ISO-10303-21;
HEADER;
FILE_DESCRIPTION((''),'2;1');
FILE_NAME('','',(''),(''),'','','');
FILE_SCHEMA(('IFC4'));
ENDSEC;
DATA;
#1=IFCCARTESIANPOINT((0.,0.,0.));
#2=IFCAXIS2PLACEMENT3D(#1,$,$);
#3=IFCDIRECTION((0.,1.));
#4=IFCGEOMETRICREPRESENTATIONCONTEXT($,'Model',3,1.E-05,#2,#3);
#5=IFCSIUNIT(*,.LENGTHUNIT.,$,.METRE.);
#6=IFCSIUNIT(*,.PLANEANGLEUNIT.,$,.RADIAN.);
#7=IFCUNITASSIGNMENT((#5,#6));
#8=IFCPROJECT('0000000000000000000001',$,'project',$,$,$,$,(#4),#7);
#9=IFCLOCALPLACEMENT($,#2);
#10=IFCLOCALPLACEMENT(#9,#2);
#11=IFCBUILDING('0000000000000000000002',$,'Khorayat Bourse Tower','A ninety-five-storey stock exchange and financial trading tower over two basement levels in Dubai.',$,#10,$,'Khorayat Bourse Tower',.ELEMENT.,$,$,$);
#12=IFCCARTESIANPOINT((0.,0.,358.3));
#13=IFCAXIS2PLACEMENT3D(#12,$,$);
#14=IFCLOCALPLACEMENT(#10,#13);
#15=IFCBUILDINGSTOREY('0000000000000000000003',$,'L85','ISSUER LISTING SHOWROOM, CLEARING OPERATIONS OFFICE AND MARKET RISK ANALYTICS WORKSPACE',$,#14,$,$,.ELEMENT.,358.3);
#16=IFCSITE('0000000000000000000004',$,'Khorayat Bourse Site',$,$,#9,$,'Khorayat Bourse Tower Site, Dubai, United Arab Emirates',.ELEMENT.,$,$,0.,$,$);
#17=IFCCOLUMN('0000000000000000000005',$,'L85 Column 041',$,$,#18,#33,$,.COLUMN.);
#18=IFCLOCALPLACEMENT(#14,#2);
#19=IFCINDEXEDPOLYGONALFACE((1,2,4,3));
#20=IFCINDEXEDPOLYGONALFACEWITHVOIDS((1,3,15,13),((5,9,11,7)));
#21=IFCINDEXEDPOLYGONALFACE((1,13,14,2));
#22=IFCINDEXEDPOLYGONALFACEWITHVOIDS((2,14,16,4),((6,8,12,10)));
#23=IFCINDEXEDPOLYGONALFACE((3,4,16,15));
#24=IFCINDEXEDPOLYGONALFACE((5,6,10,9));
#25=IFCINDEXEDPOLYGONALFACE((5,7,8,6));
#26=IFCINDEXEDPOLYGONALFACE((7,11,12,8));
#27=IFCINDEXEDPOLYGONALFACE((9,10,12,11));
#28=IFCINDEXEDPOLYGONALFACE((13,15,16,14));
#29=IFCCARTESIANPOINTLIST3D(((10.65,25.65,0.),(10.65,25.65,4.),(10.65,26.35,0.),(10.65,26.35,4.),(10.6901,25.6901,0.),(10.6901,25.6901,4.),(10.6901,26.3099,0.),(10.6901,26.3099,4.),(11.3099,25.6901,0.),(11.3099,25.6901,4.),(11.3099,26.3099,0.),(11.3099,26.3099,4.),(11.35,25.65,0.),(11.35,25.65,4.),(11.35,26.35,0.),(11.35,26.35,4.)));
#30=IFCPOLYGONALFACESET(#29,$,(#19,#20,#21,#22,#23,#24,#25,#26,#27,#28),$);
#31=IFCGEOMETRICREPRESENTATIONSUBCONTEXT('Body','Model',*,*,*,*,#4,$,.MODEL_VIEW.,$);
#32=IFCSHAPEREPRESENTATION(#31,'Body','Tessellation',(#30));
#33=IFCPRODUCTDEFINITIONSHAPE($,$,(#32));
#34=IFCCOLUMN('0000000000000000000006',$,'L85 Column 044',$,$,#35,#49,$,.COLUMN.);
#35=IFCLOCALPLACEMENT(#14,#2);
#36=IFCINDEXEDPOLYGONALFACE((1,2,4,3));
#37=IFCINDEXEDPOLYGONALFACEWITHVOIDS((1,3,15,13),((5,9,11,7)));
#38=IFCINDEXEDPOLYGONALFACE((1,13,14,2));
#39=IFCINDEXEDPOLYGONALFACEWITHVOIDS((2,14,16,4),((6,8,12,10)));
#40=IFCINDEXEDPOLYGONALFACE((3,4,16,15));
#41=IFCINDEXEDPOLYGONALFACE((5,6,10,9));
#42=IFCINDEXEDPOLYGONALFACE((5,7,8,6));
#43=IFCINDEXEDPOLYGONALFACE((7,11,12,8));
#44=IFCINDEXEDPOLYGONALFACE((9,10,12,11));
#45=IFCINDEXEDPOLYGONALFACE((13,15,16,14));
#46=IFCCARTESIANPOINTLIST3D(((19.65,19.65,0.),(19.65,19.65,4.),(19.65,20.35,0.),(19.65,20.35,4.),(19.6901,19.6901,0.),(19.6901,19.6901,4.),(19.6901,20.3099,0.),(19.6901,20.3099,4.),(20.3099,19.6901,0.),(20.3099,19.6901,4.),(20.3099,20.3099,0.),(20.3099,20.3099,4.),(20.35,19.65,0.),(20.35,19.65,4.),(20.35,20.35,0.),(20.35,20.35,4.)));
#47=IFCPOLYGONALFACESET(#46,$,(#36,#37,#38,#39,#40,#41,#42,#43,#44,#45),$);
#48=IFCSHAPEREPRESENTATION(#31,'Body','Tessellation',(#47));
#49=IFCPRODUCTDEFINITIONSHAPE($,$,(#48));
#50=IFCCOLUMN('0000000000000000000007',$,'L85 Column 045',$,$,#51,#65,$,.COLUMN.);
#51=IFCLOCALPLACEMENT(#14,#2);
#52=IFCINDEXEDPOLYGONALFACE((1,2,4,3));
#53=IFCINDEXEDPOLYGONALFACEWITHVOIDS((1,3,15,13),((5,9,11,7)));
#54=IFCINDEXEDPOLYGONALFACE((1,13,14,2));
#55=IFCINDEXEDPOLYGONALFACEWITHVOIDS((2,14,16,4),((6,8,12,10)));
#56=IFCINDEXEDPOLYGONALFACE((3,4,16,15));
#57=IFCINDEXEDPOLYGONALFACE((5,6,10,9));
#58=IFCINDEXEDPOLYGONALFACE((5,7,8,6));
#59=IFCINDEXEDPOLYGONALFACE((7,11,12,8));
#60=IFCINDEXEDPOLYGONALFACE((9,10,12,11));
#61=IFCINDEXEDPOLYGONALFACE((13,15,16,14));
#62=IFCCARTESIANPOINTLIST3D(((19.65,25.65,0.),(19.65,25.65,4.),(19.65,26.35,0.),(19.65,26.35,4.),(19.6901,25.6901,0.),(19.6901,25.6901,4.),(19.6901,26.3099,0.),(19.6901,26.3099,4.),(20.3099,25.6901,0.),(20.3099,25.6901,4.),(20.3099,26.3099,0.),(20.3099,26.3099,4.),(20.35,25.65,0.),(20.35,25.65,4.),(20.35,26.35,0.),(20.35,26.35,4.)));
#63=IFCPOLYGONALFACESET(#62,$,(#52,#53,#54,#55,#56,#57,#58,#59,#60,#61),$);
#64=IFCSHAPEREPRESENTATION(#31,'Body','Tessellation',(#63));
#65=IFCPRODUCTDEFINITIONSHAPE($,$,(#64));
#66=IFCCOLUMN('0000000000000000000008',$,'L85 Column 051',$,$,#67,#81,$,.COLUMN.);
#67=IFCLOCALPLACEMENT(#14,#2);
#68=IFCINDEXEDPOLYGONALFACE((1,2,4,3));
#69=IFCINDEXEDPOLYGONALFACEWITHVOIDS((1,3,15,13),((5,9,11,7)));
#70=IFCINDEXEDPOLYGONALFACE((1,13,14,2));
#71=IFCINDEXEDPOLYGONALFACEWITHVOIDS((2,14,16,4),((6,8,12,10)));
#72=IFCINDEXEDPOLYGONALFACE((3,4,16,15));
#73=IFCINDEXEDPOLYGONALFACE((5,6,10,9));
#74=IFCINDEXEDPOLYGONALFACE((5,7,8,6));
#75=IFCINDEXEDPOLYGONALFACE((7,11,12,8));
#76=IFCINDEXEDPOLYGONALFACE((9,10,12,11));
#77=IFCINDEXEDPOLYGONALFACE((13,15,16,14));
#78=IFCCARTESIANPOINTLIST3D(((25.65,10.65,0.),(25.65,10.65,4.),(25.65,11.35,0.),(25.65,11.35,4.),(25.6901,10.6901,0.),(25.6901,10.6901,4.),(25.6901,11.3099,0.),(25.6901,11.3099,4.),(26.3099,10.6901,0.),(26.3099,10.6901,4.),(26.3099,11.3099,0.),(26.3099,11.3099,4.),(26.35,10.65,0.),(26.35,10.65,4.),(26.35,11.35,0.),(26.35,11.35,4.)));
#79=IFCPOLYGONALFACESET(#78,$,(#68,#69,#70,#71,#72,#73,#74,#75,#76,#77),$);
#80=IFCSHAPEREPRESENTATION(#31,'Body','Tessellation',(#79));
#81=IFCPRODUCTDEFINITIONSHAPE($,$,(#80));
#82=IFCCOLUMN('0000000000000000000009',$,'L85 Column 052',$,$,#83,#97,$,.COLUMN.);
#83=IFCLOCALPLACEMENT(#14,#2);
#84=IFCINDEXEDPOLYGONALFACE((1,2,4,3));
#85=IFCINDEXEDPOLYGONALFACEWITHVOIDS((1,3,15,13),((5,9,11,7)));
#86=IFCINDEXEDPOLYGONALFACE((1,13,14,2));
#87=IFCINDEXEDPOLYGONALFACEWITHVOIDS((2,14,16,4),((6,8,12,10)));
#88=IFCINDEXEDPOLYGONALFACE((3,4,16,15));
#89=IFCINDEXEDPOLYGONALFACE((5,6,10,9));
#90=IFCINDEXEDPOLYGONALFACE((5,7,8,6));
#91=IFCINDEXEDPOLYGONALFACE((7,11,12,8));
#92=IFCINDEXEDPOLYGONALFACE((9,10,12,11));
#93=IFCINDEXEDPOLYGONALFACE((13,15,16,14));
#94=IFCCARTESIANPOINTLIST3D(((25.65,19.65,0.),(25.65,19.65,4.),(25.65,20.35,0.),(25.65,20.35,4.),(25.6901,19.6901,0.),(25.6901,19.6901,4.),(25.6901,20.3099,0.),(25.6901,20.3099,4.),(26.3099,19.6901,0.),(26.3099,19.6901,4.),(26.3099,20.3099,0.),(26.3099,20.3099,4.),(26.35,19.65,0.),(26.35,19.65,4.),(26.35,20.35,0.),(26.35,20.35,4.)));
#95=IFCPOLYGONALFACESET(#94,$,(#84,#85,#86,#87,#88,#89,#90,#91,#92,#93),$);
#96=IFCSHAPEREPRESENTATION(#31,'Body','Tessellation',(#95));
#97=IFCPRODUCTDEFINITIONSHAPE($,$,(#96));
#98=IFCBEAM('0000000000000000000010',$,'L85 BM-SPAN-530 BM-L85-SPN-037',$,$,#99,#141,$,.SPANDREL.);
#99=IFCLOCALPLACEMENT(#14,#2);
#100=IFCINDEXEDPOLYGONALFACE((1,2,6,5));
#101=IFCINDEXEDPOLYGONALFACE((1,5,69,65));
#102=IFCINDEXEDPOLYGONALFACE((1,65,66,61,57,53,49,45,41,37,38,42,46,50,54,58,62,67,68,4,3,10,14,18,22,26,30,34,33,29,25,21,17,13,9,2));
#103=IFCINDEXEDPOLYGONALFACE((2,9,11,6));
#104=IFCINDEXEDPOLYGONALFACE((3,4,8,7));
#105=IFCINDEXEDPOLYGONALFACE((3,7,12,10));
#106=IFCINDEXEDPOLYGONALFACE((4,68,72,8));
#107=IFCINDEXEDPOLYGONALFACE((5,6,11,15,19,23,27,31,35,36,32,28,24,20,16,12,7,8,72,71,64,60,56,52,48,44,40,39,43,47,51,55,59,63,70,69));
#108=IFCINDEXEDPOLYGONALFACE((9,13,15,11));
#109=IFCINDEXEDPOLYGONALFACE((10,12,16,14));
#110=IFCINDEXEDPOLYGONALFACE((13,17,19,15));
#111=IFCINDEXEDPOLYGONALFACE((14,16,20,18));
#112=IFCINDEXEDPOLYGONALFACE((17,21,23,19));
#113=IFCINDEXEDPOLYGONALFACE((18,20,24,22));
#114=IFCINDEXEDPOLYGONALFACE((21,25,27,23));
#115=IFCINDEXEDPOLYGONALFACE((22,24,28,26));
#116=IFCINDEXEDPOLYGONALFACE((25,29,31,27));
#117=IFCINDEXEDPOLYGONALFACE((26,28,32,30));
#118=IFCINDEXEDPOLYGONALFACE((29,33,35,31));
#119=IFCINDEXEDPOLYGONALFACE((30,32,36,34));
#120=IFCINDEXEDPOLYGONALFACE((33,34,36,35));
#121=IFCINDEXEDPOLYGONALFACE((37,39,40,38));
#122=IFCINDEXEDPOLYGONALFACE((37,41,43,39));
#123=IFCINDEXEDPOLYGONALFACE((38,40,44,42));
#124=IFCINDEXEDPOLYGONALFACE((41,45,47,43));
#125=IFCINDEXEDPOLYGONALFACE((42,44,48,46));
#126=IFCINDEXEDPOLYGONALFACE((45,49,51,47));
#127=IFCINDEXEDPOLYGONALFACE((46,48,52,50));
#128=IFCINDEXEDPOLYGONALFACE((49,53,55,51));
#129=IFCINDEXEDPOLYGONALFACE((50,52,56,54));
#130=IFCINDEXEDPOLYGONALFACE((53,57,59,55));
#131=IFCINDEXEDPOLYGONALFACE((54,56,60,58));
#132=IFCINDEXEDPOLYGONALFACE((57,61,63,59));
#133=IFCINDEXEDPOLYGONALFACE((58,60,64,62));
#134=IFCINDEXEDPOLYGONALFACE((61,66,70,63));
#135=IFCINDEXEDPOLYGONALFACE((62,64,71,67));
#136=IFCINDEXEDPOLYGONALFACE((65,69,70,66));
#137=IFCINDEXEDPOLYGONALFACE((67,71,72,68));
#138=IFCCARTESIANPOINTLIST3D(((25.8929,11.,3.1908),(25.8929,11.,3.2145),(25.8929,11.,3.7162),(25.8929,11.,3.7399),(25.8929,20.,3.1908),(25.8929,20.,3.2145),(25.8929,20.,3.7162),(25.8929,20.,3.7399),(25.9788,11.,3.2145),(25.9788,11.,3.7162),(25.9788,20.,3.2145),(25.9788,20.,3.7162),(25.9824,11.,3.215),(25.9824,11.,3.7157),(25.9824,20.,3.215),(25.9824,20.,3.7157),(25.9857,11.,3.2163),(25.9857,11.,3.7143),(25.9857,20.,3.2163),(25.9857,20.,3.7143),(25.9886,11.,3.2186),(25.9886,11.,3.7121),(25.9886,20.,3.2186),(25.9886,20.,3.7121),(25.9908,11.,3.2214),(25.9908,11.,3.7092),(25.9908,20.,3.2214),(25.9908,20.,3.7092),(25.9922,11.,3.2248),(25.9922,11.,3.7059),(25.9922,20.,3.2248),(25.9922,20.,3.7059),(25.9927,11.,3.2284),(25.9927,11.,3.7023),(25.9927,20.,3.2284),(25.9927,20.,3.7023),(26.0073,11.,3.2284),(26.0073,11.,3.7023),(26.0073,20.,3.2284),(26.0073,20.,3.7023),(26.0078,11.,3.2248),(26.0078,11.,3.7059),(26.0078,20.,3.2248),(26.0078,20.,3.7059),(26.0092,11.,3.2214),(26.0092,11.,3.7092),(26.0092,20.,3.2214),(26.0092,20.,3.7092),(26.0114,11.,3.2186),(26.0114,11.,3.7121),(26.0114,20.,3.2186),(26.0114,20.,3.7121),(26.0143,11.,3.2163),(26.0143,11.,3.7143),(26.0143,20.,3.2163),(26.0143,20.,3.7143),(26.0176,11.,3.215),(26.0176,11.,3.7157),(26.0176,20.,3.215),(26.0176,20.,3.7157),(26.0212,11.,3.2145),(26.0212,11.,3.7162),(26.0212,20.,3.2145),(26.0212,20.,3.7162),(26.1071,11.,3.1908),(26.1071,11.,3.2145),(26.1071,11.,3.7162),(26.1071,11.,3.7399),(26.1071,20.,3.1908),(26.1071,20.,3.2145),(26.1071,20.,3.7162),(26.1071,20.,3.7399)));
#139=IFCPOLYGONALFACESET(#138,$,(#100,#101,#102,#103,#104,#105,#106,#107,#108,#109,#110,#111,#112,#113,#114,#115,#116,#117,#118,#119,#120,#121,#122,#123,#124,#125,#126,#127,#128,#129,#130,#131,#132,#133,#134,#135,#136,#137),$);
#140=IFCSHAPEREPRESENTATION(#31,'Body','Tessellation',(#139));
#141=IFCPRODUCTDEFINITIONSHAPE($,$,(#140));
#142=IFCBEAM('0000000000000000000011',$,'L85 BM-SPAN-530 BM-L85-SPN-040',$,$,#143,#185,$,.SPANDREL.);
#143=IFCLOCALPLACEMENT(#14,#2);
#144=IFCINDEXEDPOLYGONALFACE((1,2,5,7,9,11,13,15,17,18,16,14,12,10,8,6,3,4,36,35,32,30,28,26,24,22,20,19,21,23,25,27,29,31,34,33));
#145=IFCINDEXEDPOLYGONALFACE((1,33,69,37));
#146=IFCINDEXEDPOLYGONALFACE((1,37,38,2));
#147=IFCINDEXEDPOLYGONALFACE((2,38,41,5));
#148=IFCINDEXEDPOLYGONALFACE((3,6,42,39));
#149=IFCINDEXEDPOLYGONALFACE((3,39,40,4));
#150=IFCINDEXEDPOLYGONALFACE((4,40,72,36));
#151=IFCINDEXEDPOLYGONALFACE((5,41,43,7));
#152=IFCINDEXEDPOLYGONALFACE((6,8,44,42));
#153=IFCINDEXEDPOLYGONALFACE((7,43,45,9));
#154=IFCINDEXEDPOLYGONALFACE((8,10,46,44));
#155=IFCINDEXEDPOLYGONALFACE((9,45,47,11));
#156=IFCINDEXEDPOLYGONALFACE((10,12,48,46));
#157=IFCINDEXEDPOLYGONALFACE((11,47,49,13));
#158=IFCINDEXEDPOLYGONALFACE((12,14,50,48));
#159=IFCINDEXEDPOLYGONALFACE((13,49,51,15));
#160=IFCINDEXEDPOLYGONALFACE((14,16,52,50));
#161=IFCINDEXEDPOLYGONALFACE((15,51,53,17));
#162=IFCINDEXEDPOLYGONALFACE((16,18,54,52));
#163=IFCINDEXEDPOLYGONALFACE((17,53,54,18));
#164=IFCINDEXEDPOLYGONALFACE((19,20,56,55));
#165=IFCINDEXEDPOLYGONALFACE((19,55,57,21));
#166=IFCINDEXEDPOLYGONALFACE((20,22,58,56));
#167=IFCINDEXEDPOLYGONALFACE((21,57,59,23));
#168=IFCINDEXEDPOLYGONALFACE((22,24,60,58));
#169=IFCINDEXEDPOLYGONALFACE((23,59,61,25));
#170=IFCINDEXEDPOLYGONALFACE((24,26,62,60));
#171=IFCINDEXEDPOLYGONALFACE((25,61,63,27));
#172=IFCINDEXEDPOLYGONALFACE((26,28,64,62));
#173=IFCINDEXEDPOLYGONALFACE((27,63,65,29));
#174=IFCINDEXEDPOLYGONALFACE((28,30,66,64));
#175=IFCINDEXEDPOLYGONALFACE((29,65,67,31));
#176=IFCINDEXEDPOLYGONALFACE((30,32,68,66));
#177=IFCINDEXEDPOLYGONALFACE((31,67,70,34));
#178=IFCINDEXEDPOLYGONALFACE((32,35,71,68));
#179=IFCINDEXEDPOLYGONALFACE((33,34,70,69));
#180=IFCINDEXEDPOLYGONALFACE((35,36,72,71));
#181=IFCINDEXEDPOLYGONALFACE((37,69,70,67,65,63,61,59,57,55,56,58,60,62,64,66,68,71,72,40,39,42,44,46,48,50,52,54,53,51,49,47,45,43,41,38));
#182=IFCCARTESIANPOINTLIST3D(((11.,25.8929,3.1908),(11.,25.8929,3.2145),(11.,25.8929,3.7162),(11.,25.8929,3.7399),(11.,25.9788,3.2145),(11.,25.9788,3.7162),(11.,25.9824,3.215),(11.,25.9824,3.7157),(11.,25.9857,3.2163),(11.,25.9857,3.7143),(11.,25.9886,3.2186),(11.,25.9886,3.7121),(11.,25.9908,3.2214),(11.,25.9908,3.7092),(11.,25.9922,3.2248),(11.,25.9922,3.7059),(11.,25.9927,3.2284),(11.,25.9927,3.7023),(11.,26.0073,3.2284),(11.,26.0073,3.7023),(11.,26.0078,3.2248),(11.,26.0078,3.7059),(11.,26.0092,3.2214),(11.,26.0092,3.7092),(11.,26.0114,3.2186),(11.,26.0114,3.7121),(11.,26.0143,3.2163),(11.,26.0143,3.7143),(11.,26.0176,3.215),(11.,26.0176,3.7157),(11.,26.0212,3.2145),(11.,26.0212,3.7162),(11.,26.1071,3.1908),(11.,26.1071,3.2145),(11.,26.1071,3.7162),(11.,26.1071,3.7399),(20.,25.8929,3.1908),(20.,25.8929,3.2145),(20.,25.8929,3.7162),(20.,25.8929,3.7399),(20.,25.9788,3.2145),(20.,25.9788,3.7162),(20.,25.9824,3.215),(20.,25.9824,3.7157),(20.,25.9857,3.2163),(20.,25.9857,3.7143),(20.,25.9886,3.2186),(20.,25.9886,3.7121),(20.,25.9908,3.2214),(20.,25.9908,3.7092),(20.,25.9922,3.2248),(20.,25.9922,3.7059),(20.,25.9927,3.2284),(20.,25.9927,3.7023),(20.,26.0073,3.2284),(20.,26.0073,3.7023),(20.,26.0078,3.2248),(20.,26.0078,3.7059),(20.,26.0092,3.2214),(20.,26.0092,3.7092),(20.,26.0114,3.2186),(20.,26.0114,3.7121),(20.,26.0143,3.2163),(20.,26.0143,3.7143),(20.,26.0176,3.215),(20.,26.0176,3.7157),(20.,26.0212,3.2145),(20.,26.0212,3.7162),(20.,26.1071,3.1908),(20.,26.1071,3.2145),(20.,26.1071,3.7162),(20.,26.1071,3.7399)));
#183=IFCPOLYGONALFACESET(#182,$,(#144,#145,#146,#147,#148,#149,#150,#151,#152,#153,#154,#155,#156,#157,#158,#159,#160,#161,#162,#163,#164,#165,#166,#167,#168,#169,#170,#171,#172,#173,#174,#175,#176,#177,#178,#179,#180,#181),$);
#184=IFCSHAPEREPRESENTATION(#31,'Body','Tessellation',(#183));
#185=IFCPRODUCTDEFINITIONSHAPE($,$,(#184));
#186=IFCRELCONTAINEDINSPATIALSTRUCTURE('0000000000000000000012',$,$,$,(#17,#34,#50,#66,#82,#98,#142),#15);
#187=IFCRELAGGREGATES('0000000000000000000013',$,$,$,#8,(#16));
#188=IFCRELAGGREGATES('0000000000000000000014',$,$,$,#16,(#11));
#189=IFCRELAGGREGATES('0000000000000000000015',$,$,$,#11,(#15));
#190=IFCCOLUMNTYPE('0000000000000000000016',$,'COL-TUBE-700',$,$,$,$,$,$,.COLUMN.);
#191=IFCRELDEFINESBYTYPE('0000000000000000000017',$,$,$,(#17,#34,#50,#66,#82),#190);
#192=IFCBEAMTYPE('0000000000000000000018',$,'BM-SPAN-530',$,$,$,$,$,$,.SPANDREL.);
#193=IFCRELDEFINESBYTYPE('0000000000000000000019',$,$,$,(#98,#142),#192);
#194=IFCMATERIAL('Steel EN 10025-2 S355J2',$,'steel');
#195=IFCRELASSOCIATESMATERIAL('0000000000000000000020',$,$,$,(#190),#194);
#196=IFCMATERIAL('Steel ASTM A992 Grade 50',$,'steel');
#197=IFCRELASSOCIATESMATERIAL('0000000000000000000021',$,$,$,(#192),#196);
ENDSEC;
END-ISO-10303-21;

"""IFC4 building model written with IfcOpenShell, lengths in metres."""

from ifc_helpers import new_model, si_unit, direction, frame, origin, origin_2d, place, context, subcontext, project, spatial, hollow_rectangle, i_section, extrude, source, transform, mapped, material, material_profile, profile_set, type_object, element, save


model = new_model("IFC4")

# Units and contexts
model_context = context("Model", 3, precision=1e-05, world=origin(), true_north=direction((0.0, 1.0)))
body_context = subcontext(model_context, "Body", "Model", "MODEL_VIEW")
ifc_project = project(units=[si_unit("LENGTHUNIT", "METRE"), si_unit("PLANEANGLEUNIT", "RADIAN")], contexts=[model_context])

# Site, building, storey
site_placement = place(None, origin())
site = spatial("IfcSite", under=ifc_project, at=site_placement, Name="Khorayat Bourse Site", LongName="Khorayat Bourse Tower Site, Dubai, United Arab Emirates", CompositionType="ELEMENT", RefElevation=0.0)
building_placement = place(site_placement, origin())
building = spatial("IfcBuilding", under=site, at=building_placement, Name="Khorayat Bourse Tower", Description="A ninety-five-storey stock exchange and financial trading tower over two basement levels in Dubai.", LongName="Khorayat Bourse Tower", CompositionType="ELEMENT")
storey_placement = place(building_placement, frame((0.0, 0.0, 358.3)))
storey = spatial("IfcBuildingStorey", under=building, at=storey_placement, Name="L85", Description="ISSUER LISTING SHOWROOM, CLEARING OPERATIONS OFFICE AND MARKET RISK ANALYTICS WORKSPACE", CompositionType="ELEMENT", Elevation=358.3)

# Columns
ifc_material_1 = material(Name="Steel EN 10025-2 S355J2", Category="steel")
ifc_material_profile_1 = material_profile(ifc_material_1, hollow_rectangle(XDim=0.7, YDim=0.7, WallThickness=0.04, at=origin_2d()), Name="BOX 700x700x40")
ifc_profile_set_1 = profile_set([ifc_material_profile_1], Name="Steel EN 10025-2 S355J2")
column_type = type_object("IfcColumnType", Name="COL-TUBE-700", PredefinedType="COLUMN", material=ifc_profile_set_1)
shared_shape_1 = source(origin(), body_context, "Body", "SweptSolid", [
    extrude(hollow_rectangle(XDim=0.7, YDim=0.7, WallThickness=0.04, at=origin_2d()), origin(), (0.0, 0.0, 1.0), 4.0),
])
for number, where, z_axis, x_axis, name in (
    (1, (11.0, 26.0, 0.0), (0.0, 0.0, 1.0), (1.0, 0.0, 0.0), "L85 Column 041"),
    (2, (20.0, 20.0, 0.0), (0.0, 0.0, 1.0), (1.0, 0.0, 0.0), "L85 Column 044"),
    (3, (20.0, 26.0, 0.0), (0.0, 0.0, 1.0), (1.0, 0.0, 0.0), "L85 Column 045"),
    (4, (26.0, 11.0, 0.0), (0.0, 0.0, 1.0), (1.0, 0.0, 0.0), "L85 Column 051"),
    (5, (26.0, 20.0, 0.0), (0.0, 0.0, 1.0), (1.0, 0.0, 0.0), "L85 Column 052"),
):
    element("IfcColumn", number, at=place(storey_placement, frame(where, z_axis=z_axis, x_axis=x_axis)), inside=storey, type_object=column_type, Name=name, PredefinedType="COLUMN", context=body_context, shape_type="MappedRepresentation", body=[
        mapped(shared_shape_1, transform((0.0, 0.0, 0.0), scale=1.0)),
    ])

# Beams
ifc_material_2 = material(Name="Steel ASTM A992 Grade 50", Category="steel")
ifc_material_profile_2 = material_profile(ifc_material_2, i_section(OverallWidth=0.2141, OverallDepth=0.5491, WebThickness=0.0146, FlangeThickness=0.0237, FilletRadius=0.0139, at=origin_2d()), Name="W530X138")
ifc_profile_set_2 = profile_set([ifc_material_profile_2], Name="Steel ASTM A992 Grade 50")
beam_type_1 = type_object("IfcBeamType", Name="BM-SPAN-530", PredefinedType="SPANDREL", material=ifc_profile_set_2)
shared_shape_2 = source(origin(), body_context, "Body", "SweptSolid", [
    extrude(i_section(OverallWidth=0.2141, OverallDepth=0.5491, WebThickness=0.0146, FlangeThickness=0.0237, FilletRadius=0.0139, at=origin_2d()), origin(), (0.0, 0.0, 1.0), 9.0),
])
for number, where, z_axis, x_axis, name in (
    (6, (26.0, 11.0, 3.4653), (0.0, 1.0, 0.0), (-1.0, 0.0, 0.0), "L85 BM-SPAN-530 BM-L85-SPN-037"),
    (7, (11.0, 26.0, 3.4653), (1.0, 0.0, 0.0), (0.0, 1.0, 0.0), "L85 BM-SPAN-530 BM-L85-SPN-040"),
):
    element("IfcBeam", number, at=place(storey_placement, frame(where, z_axis=z_axis, x_axis=x_axis)), inside=storey, type_object=beam_type_1, Name=name, PredefinedType="SPANDREL", context=body_context, shape_type="MappedRepresentation", body=[
        mapped(shared_shape_2, transform((0.0, 0.0, 0.0), scale=1.0)),
    ])

save(model, "model.ifc")
